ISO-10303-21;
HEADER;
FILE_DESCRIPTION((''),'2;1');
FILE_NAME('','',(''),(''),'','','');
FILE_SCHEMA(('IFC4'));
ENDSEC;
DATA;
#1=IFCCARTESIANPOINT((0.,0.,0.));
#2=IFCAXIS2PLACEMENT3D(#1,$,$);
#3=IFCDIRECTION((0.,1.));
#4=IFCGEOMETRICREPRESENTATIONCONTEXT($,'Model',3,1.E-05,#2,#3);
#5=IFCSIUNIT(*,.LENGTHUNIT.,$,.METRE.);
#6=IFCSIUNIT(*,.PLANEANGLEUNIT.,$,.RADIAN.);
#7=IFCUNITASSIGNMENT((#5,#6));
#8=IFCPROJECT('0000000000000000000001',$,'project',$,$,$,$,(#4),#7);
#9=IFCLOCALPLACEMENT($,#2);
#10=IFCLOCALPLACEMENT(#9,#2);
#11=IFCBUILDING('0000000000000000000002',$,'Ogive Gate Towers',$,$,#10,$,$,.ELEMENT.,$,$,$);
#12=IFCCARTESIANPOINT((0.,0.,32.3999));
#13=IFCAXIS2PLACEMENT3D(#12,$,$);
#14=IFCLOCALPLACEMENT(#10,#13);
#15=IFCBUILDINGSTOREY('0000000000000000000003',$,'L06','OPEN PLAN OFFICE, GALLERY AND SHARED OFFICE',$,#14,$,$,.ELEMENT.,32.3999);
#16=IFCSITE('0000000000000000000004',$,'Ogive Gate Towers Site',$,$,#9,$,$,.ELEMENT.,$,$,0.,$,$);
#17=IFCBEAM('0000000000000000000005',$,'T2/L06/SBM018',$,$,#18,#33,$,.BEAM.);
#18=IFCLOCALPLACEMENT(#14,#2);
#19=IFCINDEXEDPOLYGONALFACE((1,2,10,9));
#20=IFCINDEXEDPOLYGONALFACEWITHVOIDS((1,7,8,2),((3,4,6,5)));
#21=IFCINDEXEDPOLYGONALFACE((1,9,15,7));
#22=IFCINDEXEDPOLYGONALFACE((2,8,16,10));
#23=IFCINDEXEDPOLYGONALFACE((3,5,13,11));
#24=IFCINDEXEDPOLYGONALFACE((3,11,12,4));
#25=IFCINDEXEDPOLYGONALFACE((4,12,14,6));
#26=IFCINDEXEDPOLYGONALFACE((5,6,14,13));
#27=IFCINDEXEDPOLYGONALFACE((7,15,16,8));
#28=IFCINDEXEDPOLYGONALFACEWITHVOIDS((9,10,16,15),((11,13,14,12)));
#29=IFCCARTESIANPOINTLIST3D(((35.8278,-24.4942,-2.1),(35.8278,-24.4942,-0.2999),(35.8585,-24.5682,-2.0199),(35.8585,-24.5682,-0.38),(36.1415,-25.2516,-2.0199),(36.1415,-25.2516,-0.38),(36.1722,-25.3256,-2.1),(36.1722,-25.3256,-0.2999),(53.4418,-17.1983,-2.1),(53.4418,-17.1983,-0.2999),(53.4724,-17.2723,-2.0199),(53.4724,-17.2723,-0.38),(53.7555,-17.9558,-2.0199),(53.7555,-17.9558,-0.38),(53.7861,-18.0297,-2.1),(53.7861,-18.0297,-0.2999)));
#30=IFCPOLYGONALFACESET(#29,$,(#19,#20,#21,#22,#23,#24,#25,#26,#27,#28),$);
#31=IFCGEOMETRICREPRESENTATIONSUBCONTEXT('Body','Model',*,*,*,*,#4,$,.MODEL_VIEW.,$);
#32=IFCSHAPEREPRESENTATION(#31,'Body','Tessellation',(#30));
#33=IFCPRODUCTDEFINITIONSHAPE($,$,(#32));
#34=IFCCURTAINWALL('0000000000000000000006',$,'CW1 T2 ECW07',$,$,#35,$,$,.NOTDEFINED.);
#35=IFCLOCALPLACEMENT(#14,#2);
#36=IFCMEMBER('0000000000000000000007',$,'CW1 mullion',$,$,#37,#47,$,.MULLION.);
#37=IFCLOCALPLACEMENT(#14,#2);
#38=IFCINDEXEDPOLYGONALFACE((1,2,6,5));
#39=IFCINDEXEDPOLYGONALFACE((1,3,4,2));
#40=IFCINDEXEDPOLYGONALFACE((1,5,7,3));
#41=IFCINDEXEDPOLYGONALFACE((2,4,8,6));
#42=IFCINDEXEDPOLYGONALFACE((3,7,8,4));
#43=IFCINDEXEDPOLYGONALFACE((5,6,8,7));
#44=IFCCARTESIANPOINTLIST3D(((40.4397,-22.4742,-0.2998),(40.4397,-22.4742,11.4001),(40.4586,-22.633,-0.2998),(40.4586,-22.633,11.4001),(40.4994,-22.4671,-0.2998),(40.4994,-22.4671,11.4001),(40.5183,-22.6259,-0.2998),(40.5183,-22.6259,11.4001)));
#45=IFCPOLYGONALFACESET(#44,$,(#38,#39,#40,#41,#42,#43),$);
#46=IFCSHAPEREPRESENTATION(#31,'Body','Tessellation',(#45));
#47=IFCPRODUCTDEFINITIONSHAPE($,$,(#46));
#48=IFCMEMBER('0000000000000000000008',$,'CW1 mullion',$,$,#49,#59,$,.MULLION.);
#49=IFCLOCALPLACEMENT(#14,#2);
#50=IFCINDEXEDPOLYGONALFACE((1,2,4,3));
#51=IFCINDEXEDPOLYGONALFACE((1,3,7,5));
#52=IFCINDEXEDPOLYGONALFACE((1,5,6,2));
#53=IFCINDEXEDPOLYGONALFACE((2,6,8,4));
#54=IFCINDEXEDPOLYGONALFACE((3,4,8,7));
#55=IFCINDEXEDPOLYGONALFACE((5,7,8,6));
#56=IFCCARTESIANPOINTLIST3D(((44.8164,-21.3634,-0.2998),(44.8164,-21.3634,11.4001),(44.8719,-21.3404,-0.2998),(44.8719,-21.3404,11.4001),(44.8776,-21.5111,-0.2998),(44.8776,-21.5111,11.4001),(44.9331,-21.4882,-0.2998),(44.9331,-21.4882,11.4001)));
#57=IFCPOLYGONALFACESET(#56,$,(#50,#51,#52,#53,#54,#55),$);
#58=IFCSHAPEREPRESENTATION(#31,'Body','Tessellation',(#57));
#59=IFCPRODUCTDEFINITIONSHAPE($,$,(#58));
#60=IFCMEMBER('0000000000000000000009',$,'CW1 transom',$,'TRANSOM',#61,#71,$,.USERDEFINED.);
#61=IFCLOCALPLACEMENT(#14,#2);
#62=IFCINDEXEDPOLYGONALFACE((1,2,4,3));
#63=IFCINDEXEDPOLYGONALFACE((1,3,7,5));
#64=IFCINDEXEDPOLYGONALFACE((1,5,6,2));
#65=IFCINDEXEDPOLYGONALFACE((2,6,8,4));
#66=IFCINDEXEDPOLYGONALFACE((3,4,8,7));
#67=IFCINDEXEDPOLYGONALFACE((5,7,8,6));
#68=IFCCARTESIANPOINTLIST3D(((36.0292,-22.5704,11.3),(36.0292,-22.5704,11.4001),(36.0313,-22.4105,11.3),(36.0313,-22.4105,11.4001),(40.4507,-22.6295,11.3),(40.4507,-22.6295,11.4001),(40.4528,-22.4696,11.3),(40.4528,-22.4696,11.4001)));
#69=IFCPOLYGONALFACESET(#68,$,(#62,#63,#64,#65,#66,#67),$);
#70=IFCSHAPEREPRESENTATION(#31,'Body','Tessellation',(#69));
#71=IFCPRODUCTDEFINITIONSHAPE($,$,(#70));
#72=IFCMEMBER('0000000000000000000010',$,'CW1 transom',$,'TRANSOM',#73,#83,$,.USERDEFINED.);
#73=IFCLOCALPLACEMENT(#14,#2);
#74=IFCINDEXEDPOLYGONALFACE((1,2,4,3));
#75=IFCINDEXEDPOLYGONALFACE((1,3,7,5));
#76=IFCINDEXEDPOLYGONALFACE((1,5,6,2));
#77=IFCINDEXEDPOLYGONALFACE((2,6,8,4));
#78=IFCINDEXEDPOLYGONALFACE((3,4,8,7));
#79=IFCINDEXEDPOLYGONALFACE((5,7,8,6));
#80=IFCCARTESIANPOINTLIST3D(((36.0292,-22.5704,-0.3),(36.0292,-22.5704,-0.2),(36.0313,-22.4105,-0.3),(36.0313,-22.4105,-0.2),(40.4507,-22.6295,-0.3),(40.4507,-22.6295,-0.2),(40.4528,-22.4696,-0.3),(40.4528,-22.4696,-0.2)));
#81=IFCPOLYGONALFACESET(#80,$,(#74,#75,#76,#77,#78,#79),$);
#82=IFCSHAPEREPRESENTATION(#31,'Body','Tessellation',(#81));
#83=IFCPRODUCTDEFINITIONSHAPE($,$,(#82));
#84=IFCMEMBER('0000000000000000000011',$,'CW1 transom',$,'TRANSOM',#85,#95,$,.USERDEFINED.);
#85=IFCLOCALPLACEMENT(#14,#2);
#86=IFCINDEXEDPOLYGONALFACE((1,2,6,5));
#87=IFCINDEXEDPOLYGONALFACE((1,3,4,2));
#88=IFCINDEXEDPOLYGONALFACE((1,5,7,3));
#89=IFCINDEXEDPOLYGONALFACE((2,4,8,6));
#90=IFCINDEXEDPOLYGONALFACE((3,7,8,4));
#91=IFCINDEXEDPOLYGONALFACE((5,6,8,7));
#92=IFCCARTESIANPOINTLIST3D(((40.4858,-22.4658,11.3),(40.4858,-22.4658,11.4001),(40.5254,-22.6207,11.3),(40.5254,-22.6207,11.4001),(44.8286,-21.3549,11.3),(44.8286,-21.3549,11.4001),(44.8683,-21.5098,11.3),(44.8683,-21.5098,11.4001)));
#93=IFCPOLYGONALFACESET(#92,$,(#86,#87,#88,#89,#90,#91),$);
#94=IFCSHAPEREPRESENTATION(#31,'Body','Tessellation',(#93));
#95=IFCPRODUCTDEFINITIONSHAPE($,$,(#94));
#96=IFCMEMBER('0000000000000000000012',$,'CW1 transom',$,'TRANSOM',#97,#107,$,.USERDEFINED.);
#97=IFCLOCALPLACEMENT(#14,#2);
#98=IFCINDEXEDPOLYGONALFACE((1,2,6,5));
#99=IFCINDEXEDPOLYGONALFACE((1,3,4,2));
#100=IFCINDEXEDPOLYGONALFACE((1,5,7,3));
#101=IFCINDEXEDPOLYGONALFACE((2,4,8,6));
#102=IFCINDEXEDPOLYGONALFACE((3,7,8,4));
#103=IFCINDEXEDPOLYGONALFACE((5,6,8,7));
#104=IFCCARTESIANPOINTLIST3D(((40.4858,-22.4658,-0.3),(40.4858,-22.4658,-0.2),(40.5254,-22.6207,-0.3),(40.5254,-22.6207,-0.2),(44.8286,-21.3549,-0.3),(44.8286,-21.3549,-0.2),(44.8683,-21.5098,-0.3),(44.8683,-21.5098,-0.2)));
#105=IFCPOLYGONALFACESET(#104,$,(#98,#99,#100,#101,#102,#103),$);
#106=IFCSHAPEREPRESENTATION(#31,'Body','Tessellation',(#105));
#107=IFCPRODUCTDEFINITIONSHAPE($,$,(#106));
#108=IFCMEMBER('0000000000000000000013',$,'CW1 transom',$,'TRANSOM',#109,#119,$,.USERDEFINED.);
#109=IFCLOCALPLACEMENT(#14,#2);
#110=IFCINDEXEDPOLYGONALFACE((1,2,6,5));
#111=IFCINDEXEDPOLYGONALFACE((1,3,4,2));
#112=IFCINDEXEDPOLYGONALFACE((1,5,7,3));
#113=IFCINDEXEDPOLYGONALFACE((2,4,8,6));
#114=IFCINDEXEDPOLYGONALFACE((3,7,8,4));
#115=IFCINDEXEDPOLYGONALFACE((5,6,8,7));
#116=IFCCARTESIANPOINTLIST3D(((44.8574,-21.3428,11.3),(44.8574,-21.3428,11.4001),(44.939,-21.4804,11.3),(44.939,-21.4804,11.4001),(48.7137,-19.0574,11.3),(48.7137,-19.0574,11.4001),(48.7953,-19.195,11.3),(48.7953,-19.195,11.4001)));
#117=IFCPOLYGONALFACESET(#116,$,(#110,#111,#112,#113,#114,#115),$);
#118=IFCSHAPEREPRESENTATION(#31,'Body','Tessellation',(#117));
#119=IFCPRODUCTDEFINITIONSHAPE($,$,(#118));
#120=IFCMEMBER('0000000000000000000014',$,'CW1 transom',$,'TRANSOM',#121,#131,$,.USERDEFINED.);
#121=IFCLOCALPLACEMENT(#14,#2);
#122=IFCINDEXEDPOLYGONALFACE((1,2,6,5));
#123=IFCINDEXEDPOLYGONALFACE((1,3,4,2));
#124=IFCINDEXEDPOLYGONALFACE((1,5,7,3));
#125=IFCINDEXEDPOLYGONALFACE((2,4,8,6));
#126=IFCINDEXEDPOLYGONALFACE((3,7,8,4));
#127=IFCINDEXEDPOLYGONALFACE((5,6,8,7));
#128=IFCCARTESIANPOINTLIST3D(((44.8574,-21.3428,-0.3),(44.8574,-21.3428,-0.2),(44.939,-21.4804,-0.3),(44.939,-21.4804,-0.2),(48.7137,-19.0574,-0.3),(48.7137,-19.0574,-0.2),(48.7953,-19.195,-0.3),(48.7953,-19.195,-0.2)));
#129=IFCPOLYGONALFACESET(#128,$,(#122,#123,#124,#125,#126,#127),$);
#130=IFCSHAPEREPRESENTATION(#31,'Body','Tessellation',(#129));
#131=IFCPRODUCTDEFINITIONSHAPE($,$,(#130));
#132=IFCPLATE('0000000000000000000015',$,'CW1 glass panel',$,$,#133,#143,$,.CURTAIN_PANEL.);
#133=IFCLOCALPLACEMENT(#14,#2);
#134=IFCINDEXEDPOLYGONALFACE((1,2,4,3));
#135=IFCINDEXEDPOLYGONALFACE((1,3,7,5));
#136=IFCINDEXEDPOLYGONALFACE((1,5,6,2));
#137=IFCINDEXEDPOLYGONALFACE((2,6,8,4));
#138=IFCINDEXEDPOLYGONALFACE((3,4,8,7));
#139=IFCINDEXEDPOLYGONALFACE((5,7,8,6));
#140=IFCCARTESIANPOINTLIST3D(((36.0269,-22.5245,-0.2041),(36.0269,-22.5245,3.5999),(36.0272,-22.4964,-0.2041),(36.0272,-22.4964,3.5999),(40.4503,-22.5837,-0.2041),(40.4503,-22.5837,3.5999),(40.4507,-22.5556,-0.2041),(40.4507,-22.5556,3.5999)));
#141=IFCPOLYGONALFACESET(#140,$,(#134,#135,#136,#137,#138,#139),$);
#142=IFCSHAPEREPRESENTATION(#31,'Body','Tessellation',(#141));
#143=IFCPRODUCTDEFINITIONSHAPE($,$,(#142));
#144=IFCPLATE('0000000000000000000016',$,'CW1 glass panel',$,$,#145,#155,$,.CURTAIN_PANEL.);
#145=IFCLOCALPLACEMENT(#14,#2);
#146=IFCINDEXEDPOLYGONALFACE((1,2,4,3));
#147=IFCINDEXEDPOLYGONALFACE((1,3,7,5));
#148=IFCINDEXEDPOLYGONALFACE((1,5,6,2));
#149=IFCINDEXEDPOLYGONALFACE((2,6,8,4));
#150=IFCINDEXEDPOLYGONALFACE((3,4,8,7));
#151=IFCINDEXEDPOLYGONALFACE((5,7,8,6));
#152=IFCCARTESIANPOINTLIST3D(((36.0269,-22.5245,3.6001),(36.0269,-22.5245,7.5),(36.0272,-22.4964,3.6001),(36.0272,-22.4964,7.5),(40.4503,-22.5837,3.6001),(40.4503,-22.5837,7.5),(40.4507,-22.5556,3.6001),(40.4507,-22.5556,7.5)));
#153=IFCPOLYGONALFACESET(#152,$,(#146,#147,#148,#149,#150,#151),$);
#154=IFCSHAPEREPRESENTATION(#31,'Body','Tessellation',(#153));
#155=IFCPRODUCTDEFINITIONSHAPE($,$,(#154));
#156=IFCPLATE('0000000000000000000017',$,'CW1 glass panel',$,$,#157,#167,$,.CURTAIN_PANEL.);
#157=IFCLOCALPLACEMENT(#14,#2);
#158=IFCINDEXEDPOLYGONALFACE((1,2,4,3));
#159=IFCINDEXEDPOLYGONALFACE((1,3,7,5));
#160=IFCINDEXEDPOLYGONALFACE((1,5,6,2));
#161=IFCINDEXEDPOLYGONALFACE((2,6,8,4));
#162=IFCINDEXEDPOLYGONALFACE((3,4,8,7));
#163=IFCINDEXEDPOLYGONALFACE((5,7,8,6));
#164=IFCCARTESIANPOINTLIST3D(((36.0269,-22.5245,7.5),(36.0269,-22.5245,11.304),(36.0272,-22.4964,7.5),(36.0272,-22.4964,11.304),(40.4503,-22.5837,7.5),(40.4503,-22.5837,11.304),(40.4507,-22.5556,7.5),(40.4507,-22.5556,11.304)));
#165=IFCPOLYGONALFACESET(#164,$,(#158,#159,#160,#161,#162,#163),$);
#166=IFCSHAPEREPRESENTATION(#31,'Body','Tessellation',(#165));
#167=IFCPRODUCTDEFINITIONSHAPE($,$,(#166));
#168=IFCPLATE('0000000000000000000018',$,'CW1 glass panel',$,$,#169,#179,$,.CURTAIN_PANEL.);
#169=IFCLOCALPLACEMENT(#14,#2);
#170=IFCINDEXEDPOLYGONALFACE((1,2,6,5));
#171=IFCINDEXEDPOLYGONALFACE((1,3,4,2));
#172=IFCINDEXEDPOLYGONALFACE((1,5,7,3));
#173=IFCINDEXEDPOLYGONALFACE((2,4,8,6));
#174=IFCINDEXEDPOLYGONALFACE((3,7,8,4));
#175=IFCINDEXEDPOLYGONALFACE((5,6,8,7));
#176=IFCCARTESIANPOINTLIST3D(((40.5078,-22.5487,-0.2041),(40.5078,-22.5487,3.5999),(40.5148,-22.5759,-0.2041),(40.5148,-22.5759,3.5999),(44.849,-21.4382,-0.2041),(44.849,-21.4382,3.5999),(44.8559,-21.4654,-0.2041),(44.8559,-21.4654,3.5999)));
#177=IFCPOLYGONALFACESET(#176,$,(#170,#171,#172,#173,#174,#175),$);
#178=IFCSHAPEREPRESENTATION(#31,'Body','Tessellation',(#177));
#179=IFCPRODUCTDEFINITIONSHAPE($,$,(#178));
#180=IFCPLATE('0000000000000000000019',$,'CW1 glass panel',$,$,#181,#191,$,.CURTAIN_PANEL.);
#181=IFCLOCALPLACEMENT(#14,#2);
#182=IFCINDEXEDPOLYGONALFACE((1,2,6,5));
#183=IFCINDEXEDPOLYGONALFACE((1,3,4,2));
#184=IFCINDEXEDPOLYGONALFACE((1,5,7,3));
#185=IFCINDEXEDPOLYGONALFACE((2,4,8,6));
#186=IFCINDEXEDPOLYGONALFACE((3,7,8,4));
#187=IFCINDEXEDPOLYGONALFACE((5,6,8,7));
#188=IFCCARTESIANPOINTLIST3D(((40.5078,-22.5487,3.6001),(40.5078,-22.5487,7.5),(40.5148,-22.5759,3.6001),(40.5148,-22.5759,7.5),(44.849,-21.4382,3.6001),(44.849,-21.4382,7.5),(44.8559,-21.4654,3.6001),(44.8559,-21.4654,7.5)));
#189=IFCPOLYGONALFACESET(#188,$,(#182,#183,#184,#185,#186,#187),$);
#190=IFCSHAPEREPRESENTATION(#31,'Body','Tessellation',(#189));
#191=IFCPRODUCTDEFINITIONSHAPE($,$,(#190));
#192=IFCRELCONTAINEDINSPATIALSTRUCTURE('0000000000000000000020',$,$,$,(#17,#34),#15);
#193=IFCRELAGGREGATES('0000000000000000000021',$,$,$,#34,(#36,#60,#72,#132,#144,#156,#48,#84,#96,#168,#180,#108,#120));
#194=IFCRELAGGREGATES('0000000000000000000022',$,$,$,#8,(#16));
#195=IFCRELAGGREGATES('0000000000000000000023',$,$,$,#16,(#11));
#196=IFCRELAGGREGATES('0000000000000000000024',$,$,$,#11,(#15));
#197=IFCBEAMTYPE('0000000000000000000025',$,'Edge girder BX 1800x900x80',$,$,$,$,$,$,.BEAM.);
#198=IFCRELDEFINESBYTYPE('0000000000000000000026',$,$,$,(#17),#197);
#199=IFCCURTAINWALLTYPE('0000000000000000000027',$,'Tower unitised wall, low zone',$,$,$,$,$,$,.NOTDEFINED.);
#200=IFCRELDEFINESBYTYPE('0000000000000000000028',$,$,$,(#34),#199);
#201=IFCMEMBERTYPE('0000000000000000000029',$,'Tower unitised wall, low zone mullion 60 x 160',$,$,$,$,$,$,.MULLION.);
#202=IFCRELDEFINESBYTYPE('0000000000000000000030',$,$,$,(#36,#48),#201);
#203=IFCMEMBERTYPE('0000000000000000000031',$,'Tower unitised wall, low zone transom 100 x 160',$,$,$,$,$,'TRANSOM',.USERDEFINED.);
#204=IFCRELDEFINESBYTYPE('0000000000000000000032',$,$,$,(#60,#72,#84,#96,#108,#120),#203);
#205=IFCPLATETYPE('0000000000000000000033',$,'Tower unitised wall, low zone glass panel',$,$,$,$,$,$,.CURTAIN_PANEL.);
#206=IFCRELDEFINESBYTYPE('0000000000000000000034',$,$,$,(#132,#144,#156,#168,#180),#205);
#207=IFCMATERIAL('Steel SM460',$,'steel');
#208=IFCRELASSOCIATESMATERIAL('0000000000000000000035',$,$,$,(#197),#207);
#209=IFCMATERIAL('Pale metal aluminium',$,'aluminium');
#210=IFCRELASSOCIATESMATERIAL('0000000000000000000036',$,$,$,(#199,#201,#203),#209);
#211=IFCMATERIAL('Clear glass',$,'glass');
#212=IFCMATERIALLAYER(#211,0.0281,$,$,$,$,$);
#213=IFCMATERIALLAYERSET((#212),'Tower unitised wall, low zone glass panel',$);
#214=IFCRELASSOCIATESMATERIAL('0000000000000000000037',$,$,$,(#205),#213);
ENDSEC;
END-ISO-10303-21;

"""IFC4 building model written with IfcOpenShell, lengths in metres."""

from ifc_helpers import new_model, si_unit, direction, frame, origin, origin_2d, place, context, subcontext, project, spatial, rectangle, hollow_rectangle, extrude, material, layer, layer_set, material_profile, profile_set, type_object, element, aggregate, save


model = new_model("IFC4")

# Units and contexts
model_context = context("Model", 3, precision=1e-05, world=origin(), true_north=direction((0.0, 1.0)))
body_context = subcontext(model_context, "Body", "Model", "MODEL_VIEW")
ifc_project = project(units=[si_unit("LENGTHUNIT", "METRE"), si_unit("PLANEANGLEUNIT", "RADIAN")], contexts=[model_context])

# Site, building, storey
site_placement = place(None, origin())
site = spatial("IfcSite", under=ifc_project, at=site_placement, Name="Ogive Gate Towers Site", CompositionType="ELEMENT", RefElevation=0.0)
building_placement = place(site_placement, origin())
building = spatial("IfcBuilding", under=site, at=building_placement, Name="Ogive Gate Towers", CompositionType="ELEMENT")
storey_placement = place(building_placement, frame((0.0, 0.0, 32.3999)))
storey = spatial("IfcBuildingStorey", under=building, at=storey_placement, Name="L06", Description="OPEN PLAN OFFICE, GALLERY AND SHARED OFFICE", CompositionType="ELEMENT", Elevation=32.3999)

# Beam
ifc_material_1 = material(Name="Steel SM460", Category="steel")
ifc_material_profile_1 = material_profile(ifc_material_1, hollow_rectangle(XDim=0.8999, YDim=1.8, WallThickness=0.0801, at=origin_2d()), Name="BX 1800x900x80")
ifc_profile_set_1 = profile_set([ifc_material_profile_1], Name="Steel SM460")
beam_type = type_object("IfcBeamType", Name="Edge girder BX 1800x900x80", PredefinedType="BEAM", material=ifc_profile_set_1)
beam_placement = place(storey_placement, frame((36.0, -24.9099, -1.2), z_axis=(0.923881, 0.382681, 0.0), x_axis=(-0.382681, 0.923881, 0.0)))
element("IfcBeam", 1, at=beam_placement, inside=storey, type_object=beam_type, Name="T2/L06/SBM018", PredefinedType="BEAM", context=body_context, shape_type="SweptSolid", body=[
    extrude(hollow_rectangle(XDim=0.8999, YDim=1.8, WallThickness=0.0801, at=origin_2d()), origin(), (0.0, 0.0, 1.0), 19.0652),
])

# Curtain wall, members, plates
ifc_material_2 = material(Name="Pale metal aluminium", Category="aluminium")
curtain_wall_type = type_object("IfcCurtainWallType", Name="Tower unitised wall, low zone", PredefinedType="NOTDEFINED", material=ifc_material_2)
curtain_wall_placement = place(storey_placement, origin())
curtain_wall = element("IfcCurtainWall", 2, at=curtain_wall_placement, inside=storey, type_object=curtain_wall_type, Name="CW1 T2 ECW07", PredefinedType="NOTDEFINED")
ifc_material_profile_2 = material_profile(ifc_material_2, rectangle(XDim=0.1599, YDim=0.0601, at=origin_2d()), Name="60 x 160 aluminium box")
ifc_profile_set_2 = profile_set([ifc_material_profile_2], Name="Pale metal aluminium")
member_type_1 = type_object("IfcMemberType", Name="Tower unitised wall, low zone mullion 60 x 160", PredefinedType="MULLION", material=ifc_profile_set_2)
member_1_placement = place(storey_placement, frame((40.479, -22.55, -0.2998), z_axis=(0.0, 0.0, 1.0), x_axis=(0.118248, -0.992984, 0.0)))
member_1 = element("IfcMember", 3, at=member_1_placement, type_object=member_type_1, Name="CW1 mullion", PredefinedType="MULLION", context=body_context, shape_type="SweptSolid", body=[
    extrude(rectangle(XDim=0.1599, YDim=0.0601, at=origin_2d()), origin(), (0.0, 0.0, 1.0), 11.7),
])
member_2_placement = place(storey_placement, frame((44.8748, -21.4258, -0.2998), z_axis=(0.0, 0.0, 1.0), x_axis=(0.382683, -0.92388, 0.0)))
member_2 = element("IfcMember", 4, at=member_2_placement, type_object=member_type_1, Name="CW1 mullion", PredefinedType="MULLION", context=body_context, shape_type="SweptSolid", body=[
    extrude(rectangle(XDim=0.1599, YDim=0.0601, at=origin_2d()), origin(), (0.0, 0.0, 1.0), 11.7),
])
ifc_material_profile_3 = material_profile(ifc_material_2, rectangle(XDim=0.1599, YDim=0.1001, at=origin_2d()), Name="100 x 160 aluminium box")
ifc_profile_set_3 = profile_set([ifc_material_profile_3], Name="Pale metal aluminium")
member_type_2 = type_object("IfcMemberType", Name="Tower unitised wall, low zone transom 100 x 160", ElementType="TRANSOM", PredefinedType="USERDEFINED", material=ifc_profile_set_3)
member_3_placement = place(storey_placement, frame((36.0303, -22.4905, 11.3501), z_axis=(0.999911, -0.013362, 0.0), x_axis=(0.013362, 0.999911, 0.0)))
member_3 = element("IfcMember", 5, at=member_3_placement, type_object=member_type_2, Name="CW1 transom", ObjectType="TRANSOM", PredefinedType="USERDEFINED", context=body_context, shape_type="SweptSolid", body=[
    extrude(rectangle(XDim=0.1599, YDim=0.1001, at=origin_2d()), origin(), (0.0, 0.0, 1.0), 4.4219),
])
member_4_placement = place(storey_placement, frame((36.0303, -22.4905, -0.25), z_axis=(0.999911, -0.013362, 0.0), x_axis=(0.013362, 0.999911, 0.0)))
member_4 = element("IfcMember", 6, at=member_4_placement, type_object=member_type_2, Name="CW1 transom", ObjectType="TRANSOM", PredefinedType="USERDEFINED", context=body_context, shape_type="SweptSolid", body=[
    extrude(rectangle(XDim=0.1599, YDim=0.1001, at=origin_2d()), origin(), (0.0, 0.0, 1.0), 4.4219),
])
member_5_placement = place(storey_placement, frame((40.5056, -22.5432, 11.3501), z_axis=(0.968808, 0.247812, 0.0), x_axis=(-0.247812, 0.968808, 0.0)))
member_5 = element("IfcMember", 7, at=member_5_placement, type_object=member_type_2, Name="CW1 transom", ObjectType="TRANSOM", PredefinedType="USERDEFINED", context=body_context, shape_type="SweptSolid", body=[
    extrude(rectangle(XDim=0.1599, YDim=0.1001, at=origin_2d()), origin(), (0.0, 0.0, 1.0), 4.4827),
])
member_6_placement = place(storey_placement, frame((40.5056, -22.5432, -0.25), z_axis=(0.968808, 0.247812, 0.0), x_axis=(-0.247812, 0.968808, 0.0)))
member_6 = element("IfcMember", 8, at=member_6_placement, type_object=member_type_2, Name="CW1 transom", ObjectType="TRANSOM", PredefinedType="USERDEFINED", context=body_context, shape_type="SweptSolid", body=[
    extrude(rectangle(XDim=0.1599, YDim=0.1001, at=origin_2d()), origin(), (0.0, 0.0, 1.0), 4.4827),
])
member_7_placement = place(storey_placement, frame((44.8982, -21.4116, 11.3501), z_axis=(0.860268, 0.509843, 0.0), x_axis=(-0.509843, 0.860268, 0.0)))
member_7 = element("IfcMember", 9, at=member_7_placement, type_object=member_type_2, Name="CW1 transom", ObjectType="TRANSOM", PredefinedType="USERDEFINED", context=body_context, shape_type="SweptSolid", body=[
    extrude(rectangle(XDim=0.1599, YDim=0.1001, at=origin_2d()), origin(), (0.0, 0.0, 1.0), 4.4827),
])
member_8_placement = place(storey_placement, frame((44.8982, -21.4116, -0.25), z_axis=(0.860268, 0.509843, 0.0), x_axis=(-0.509843, 0.860268, 0.0)))
member_8 = element("IfcMember", 10, at=member_8_placement, type_object=member_type_2, Name="CW1 transom", ObjectType="TRANSOM", PredefinedType="USERDEFINED", context=body_context, shape_type="SweptSolid", body=[
    extrude(rectangle(XDim=0.1599, YDim=0.1001, at=origin_2d()), origin(), (0.0, 0.0, 1.0), 4.4827),
])
ifc_material_3 = material(Name="Clear glass", Category="glass")
ifc_layer_1 = layer(ifc_material_3, 0.0281)
ifc_layer_set_1 = layer_set([ifc_layer_1], Name="Tower unitised wall, low zone glass panel")
plate_type = type_object("IfcPlateType", Name="Tower unitised wall, low zone glass panel", PredefinedType="CURTAIN_PANEL", material=ifc_layer_set_1)
plate_1_placement = place(storey_placement, frame((38.2388, -22.54, -0.2041), z_axis=(0.0, 0.0, 1.0), x_axis=(0.99991, -0.013386, 0.0)))
plate_1 = element("IfcPlate", 11, at=plate_1_placement, type_object=plate_type, Name="CW1 glass panel", PredefinedType="CURTAIN_PANEL", context=body_context, shape_type="SweptSolid", body=[
    extrude(rectangle(XDim=4.4238, YDim=0.0281, at=origin_2d()), origin(), (0.0, 0.0, 1.0), 3.804),
])
plate_2_placement = place(storey_placement, frame((38.2388, -22.54, 3.6001), z_axis=(0.0, 0.0, 1.0), x_axis=(0.99991, -0.013386, 0.0)))
plate_2 = element("IfcPlate", 12, at=plate_2_placement, type_object=plate_type, Name="CW1 glass panel", PredefinedType="CURTAIN_PANEL", context=body_context, shape_type="SweptSolid", body=[
    extrude(rectangle(XDim=4.4238, YDim=0.0281, at=origin_2d()), origin(), (0.0, 0.0, 1.0), 3.8999),
])
plate_3_placement = place(storey_placement, frame((38.2388, -22.54, 7.5), z_axis=(0.0, 0.0, 1.0), x_axis=(0.99991, -0.013386, 0.0)))
plate_3 = element("IfcPlate", 13, at=plate_3_placement, type_object=plate_type, Name="CW1 glass panel", PredefinedType="CURTAIN_PANEL", context=body_context, shape_type="SweptSolid", body=[
    extrude(rectangle(XDim=4.4238, YDim=0.0281, at=origin_2d()), origin(), (0.0, 0.0, 1.0), 3.804),
])
plate_4_placement = place(storey_placement, frame((42.6819, -22.0071, -0.2041), z_axis=(0.0, 0.0, 1.0), x_axis=(0.968804, 0.247828, 0.0)))
plate_4 = element("IfcPlate", 14, at=plate_4_placement, type_object=plate_type, Name="CW1 glass panel", PredefinedType="CURTAIN_PANEL", context=body_context, shape_type="SweptSolid", body=[
    extrude(rectangle(XDim=4.481, YDim=0.0281, at=origin_2d()), origin(), (0.0, 0.0, 1.0), 3.804),
])
plate_5_placement = place(storey_placement, frame((42.6819, -22.0071, 3.6001), z_axis=(0.0, 0.0, 1.0), x_axis=(0.968804, 0.247828, 0.0)))
plate_5 = element("IfcPlate", 15, at=plate_5_placement, type_object=plate_type, Name="CW1 glass panel", PredefinedType="CURTAIN_PANEL", context=body_context, shape_type="SweptSolid", body=[
    extrude(rectangle(XDim=4.481, YDim=0.0281, at=origin_2d()), origin(), (0.0, 0.0, 1.0), 3.8999),
])
aggregate(curtain_wall, [member_1, member_3, member_4, plate_1, plate_2, plate_3, member_2, member_5, member_6, plate_4, plate_5, member_7, member_8])

save(model, "model.ifc")
